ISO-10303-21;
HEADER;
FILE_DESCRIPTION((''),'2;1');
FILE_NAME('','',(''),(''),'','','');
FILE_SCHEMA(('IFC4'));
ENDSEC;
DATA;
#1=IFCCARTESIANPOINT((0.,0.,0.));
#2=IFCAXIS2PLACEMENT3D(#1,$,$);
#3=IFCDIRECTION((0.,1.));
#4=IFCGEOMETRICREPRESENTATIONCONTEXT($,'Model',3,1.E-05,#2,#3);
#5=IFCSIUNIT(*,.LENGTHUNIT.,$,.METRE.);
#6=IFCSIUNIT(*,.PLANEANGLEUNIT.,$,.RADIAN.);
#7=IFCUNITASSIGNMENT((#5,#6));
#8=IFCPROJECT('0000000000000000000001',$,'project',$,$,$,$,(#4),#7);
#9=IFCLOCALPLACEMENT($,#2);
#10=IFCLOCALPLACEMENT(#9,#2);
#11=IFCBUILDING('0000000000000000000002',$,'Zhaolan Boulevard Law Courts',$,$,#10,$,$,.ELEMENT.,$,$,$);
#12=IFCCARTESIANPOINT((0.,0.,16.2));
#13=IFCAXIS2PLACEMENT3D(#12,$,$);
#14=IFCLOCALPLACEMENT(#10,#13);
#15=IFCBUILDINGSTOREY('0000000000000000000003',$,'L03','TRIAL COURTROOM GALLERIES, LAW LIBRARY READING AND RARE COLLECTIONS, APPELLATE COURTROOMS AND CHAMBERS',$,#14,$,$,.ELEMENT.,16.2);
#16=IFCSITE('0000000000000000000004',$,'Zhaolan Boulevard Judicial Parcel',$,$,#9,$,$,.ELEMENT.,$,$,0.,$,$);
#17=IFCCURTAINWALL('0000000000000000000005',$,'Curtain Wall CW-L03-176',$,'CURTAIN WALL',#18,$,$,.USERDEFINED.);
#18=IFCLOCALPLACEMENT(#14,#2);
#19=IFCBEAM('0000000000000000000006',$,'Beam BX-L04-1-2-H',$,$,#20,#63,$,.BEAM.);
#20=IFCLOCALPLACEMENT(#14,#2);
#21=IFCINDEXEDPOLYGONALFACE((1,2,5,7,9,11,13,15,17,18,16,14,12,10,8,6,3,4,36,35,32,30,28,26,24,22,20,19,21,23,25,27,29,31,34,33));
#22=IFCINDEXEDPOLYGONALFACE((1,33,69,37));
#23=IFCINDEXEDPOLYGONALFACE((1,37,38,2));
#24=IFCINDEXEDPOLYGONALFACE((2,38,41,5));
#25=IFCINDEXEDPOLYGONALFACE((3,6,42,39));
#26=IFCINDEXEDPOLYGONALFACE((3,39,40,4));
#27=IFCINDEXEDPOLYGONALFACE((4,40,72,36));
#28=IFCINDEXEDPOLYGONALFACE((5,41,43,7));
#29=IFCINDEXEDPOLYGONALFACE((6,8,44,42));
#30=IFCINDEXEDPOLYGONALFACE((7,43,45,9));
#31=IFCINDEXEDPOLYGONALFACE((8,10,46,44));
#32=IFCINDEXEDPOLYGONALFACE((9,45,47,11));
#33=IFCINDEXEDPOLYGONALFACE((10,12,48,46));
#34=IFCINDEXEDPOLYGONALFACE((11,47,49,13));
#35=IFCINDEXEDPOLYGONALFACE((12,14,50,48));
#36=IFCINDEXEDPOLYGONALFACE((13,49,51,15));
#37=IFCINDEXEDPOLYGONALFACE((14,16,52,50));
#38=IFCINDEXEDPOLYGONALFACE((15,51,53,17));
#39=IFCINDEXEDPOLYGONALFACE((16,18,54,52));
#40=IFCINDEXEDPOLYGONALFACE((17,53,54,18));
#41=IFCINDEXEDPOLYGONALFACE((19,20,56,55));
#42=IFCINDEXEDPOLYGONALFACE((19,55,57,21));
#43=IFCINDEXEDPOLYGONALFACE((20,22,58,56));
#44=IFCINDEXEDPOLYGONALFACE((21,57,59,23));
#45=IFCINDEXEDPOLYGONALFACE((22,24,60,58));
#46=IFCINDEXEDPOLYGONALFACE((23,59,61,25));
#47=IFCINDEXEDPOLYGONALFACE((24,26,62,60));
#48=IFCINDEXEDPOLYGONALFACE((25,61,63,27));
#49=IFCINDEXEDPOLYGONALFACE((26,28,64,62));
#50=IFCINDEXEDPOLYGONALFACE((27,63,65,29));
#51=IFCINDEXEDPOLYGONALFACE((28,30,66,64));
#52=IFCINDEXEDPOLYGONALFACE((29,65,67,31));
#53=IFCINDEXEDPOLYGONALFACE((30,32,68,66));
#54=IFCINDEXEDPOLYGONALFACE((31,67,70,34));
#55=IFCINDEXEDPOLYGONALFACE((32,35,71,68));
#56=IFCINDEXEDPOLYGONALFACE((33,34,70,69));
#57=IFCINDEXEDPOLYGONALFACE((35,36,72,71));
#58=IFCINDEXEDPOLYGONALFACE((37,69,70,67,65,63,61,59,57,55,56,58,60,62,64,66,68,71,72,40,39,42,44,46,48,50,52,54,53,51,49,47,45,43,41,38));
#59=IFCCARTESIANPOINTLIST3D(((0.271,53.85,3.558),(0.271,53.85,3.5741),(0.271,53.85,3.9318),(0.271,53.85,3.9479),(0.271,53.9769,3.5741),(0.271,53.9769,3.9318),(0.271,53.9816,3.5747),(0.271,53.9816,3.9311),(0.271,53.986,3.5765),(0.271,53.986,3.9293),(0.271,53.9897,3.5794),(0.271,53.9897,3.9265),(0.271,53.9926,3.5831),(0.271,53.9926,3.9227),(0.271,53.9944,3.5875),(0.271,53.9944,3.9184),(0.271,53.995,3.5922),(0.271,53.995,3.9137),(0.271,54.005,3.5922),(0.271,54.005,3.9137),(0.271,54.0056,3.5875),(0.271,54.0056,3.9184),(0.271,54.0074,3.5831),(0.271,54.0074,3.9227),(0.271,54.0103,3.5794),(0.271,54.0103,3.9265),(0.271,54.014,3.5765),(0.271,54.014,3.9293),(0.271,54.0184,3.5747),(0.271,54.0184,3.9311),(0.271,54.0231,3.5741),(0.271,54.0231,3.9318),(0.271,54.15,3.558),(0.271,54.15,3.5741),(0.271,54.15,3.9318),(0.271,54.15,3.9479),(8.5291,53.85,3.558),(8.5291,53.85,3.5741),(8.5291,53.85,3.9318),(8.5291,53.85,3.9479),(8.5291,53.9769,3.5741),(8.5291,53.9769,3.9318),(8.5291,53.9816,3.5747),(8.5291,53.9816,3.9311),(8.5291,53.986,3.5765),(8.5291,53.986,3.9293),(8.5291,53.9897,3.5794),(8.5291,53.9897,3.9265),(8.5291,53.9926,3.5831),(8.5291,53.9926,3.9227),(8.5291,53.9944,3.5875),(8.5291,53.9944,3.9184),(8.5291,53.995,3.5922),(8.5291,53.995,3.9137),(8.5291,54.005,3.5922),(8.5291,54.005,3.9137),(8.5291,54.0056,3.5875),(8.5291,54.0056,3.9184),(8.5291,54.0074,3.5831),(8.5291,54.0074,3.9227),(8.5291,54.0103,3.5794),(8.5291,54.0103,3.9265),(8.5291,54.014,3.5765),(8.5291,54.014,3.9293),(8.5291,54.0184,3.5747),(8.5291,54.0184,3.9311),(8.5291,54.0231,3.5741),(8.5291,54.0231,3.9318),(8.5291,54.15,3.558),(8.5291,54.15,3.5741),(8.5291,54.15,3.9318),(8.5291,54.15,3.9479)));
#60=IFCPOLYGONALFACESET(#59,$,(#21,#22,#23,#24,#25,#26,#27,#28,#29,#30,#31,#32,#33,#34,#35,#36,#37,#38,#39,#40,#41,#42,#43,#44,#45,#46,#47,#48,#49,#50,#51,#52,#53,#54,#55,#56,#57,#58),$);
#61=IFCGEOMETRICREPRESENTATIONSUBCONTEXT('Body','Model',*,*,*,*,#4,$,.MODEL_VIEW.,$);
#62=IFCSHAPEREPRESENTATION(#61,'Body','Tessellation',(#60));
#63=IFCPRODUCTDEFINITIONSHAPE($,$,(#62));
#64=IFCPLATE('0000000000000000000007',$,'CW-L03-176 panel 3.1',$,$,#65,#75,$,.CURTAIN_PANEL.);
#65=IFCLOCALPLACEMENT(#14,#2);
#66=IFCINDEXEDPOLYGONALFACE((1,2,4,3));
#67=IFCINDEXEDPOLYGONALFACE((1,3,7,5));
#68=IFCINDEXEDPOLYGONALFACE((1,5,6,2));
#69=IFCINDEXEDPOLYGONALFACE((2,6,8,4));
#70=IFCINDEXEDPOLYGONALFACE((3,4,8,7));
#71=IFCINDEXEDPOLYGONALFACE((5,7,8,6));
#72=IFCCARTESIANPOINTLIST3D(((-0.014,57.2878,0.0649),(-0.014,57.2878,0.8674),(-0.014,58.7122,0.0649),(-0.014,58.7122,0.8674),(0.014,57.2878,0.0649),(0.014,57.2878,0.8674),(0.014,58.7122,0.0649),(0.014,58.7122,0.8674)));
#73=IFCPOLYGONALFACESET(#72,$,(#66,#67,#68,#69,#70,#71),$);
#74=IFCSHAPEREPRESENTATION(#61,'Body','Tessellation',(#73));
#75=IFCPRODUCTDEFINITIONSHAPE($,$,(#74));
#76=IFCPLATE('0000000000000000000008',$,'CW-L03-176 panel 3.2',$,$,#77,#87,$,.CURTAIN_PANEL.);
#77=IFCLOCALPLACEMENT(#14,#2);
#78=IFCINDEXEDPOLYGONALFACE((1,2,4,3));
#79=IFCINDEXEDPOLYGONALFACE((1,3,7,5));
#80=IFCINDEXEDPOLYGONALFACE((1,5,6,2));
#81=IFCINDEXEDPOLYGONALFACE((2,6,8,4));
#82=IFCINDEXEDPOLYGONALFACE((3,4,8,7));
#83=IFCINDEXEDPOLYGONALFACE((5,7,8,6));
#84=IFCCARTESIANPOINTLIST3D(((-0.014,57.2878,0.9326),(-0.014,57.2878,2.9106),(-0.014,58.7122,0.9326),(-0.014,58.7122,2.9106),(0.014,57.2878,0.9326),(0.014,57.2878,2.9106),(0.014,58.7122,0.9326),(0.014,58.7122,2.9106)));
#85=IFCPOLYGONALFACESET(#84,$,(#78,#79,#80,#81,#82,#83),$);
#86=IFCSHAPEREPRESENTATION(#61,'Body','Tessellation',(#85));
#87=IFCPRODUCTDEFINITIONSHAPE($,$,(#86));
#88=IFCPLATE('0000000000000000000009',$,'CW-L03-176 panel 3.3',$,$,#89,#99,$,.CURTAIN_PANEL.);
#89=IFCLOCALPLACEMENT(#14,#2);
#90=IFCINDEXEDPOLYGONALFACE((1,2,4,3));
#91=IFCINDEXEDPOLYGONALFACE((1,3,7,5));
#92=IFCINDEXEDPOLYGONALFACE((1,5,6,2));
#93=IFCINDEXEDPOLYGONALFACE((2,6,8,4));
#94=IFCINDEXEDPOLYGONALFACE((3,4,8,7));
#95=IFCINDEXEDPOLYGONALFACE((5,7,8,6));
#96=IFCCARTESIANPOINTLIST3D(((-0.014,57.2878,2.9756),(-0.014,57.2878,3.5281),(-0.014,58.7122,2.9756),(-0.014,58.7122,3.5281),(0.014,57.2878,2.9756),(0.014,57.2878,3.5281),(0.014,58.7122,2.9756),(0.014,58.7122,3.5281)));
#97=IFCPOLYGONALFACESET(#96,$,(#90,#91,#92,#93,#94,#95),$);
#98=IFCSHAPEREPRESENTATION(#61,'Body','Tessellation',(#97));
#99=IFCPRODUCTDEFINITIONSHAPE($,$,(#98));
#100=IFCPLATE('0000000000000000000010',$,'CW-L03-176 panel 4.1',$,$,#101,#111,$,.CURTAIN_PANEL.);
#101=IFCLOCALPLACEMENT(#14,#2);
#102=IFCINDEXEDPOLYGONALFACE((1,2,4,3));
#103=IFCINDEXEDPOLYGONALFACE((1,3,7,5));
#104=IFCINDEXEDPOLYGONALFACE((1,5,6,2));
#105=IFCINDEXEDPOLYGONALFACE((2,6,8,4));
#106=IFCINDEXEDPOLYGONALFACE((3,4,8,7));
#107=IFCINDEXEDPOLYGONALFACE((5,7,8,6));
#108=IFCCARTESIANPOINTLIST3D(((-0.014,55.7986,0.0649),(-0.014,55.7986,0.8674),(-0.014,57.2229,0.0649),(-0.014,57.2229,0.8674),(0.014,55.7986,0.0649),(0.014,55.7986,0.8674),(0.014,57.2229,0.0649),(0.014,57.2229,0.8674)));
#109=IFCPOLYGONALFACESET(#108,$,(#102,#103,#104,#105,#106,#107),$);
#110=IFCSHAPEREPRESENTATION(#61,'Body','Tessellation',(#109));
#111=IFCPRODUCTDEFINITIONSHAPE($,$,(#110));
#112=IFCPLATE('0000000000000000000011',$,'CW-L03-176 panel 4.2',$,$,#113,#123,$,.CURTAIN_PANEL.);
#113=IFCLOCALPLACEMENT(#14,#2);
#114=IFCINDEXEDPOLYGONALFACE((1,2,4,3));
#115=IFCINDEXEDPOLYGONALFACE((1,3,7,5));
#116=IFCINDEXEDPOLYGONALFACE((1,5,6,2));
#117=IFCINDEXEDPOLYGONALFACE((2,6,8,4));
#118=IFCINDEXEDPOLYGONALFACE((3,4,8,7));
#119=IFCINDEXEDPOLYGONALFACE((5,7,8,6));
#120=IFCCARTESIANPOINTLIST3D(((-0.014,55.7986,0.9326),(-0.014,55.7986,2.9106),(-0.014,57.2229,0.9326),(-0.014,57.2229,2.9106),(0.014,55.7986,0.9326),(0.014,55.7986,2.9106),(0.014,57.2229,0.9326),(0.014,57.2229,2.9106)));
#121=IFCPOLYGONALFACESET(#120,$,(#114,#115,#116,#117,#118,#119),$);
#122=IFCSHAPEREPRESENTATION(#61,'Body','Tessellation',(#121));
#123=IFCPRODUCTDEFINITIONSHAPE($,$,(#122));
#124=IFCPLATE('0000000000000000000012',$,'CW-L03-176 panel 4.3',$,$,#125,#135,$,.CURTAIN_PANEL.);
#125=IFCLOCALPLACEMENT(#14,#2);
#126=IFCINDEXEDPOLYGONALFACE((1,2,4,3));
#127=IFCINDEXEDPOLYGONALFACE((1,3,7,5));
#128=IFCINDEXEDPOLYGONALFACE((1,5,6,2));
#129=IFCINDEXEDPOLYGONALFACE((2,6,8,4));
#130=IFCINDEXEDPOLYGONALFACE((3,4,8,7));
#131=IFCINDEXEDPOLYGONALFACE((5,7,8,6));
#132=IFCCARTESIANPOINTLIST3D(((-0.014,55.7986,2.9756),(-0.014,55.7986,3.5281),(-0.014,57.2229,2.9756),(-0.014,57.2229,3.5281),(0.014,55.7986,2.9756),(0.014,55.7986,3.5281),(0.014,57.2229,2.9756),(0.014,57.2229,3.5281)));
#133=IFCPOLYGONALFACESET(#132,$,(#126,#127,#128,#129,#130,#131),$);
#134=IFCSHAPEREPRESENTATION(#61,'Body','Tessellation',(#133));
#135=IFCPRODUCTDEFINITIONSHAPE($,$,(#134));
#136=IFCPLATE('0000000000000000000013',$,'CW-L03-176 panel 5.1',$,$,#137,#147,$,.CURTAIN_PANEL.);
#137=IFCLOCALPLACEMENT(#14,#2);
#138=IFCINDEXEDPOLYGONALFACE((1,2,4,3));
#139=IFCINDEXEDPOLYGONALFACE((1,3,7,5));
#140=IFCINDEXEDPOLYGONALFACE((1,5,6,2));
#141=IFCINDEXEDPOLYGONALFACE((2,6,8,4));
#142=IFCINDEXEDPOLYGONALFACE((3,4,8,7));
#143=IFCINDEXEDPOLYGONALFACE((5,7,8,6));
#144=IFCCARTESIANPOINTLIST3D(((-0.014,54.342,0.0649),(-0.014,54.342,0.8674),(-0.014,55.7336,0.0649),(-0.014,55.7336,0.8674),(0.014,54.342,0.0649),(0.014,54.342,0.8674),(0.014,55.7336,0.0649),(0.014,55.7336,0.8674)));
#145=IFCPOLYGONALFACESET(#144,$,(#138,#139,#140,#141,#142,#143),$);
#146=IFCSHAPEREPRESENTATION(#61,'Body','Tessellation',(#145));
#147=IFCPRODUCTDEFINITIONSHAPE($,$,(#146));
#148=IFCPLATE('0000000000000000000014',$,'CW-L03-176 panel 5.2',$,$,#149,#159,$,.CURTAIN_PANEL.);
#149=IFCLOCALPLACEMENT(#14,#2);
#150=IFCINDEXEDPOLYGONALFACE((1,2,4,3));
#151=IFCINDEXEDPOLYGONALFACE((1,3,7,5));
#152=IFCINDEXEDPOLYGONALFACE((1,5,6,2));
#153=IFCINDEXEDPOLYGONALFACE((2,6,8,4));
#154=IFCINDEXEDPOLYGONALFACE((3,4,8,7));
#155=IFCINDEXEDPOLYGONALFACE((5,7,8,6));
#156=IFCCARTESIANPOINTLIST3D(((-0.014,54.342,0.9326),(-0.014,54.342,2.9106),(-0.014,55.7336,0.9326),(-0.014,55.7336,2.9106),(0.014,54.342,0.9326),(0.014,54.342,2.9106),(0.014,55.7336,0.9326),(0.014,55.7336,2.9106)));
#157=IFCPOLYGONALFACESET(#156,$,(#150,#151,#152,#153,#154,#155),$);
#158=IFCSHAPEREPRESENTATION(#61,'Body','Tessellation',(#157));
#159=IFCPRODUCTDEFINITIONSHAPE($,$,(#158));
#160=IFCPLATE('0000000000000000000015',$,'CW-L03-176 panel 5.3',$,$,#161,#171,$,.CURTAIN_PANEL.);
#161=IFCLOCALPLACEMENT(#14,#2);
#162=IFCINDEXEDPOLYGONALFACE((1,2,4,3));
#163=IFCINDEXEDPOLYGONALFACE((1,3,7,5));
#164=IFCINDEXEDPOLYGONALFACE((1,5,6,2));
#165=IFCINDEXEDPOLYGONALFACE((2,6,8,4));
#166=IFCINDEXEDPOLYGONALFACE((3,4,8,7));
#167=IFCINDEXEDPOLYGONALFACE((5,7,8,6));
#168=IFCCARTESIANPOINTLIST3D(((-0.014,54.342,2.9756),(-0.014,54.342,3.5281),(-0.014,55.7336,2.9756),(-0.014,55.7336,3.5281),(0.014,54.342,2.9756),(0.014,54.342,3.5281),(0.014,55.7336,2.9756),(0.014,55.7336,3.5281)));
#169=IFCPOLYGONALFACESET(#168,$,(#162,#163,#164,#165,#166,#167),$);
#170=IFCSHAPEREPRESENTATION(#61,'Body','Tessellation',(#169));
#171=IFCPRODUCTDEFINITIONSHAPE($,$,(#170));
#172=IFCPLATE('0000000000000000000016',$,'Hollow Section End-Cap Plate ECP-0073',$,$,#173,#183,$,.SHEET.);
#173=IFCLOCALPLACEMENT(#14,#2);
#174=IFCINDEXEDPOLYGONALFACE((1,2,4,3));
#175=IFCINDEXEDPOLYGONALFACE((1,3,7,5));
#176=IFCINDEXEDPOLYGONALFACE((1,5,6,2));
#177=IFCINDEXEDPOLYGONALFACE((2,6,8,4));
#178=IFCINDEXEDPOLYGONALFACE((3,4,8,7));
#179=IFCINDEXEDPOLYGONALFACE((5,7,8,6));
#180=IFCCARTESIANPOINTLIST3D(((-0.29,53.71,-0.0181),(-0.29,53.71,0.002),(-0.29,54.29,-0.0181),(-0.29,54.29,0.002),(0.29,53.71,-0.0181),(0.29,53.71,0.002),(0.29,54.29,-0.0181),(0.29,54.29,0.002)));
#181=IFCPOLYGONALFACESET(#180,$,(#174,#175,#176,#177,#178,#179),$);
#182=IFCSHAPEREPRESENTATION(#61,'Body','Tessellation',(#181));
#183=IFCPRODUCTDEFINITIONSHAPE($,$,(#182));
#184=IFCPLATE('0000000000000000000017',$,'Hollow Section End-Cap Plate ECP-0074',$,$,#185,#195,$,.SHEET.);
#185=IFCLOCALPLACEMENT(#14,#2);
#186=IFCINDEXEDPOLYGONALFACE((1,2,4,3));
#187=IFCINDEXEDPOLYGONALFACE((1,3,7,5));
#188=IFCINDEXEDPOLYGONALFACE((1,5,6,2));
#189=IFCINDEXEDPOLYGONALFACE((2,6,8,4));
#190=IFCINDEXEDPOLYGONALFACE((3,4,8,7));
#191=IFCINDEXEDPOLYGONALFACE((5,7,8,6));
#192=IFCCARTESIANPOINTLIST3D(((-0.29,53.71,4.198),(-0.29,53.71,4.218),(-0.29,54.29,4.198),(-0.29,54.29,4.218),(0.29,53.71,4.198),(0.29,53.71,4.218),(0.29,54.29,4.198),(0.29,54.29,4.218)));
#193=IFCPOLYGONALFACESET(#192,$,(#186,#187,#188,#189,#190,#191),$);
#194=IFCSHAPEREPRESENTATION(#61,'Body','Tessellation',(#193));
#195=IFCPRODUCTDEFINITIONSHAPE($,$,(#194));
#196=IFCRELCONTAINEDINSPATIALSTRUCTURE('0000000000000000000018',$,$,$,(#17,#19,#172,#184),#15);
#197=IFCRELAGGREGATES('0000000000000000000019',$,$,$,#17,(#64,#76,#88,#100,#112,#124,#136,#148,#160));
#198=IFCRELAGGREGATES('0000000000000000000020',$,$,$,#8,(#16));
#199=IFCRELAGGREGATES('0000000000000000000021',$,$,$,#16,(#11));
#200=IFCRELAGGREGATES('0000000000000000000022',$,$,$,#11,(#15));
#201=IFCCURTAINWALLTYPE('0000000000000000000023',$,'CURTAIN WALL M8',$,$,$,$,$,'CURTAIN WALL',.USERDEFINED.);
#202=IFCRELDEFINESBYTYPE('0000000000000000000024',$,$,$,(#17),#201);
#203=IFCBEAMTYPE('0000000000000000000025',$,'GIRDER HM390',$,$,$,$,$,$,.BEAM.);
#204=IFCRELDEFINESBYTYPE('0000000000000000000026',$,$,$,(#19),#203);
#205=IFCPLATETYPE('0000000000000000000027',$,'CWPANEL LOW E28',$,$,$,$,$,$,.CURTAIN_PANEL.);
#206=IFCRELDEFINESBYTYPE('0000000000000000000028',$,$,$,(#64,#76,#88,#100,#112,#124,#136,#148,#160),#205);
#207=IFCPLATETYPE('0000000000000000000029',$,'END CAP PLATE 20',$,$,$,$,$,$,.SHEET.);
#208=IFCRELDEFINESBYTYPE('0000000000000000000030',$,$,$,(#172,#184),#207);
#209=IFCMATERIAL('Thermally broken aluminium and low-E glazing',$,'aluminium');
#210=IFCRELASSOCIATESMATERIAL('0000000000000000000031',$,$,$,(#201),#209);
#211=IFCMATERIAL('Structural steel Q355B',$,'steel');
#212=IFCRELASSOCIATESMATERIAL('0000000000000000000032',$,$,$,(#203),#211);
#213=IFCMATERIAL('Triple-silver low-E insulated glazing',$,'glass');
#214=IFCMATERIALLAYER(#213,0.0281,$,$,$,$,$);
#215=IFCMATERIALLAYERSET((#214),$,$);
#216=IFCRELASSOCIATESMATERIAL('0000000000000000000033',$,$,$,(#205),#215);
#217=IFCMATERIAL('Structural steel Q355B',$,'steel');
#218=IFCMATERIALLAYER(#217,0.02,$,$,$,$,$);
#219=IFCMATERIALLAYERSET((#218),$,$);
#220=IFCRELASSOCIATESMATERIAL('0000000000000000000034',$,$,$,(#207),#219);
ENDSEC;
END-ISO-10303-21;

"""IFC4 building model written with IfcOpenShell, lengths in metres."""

from ifc_helpers import new_model, si_unit, direction, frame, origin, origin_2d, place, context, subcontext, project, spatial, rectangle, i_section, extrude, material, layer, layer_set, material_profile, profile_set, type_object, element, aggregate, save


model = new_model("IFC4")

# Units and contexts
model_context = context("Model", 3, precision=1e-05, world=origin(), true_north=direction((0.0, 1.0)))
body_context = subcontext(model_context, "Body", "Model", "MODEL_VIEW")
ifc_project = project(units=[si_unit("LENGTHUNIT", "METRE"), si_unit("PLANEANGLEUNIT", "RADIAN")], contexts=[model_context])

# Site, building, storey
site_placement = place(None, origin())
site = spatial("IfcSite", under=ifc_project, at=site_placement, Name="Zhaolan Boulevard Judicial Parcel", CompositionType="ELEMENT", RefElevation=0.0)
building_placement = place(site_placement, origin())
building = spatial("IfcBuilding", under=site, at=building_placement, Name="Zhaolan Boulevard Law Courts", CompositionType="ELEMENT")
storey_placement = place(building_placement, frame((0.0, 0.0, 16.2)))
storey = spatial("IfcBuildingStorey", under=building, at=storey_placement, Name="L03", Description="TRIAL COURTROOM GALLERIES, LAW LIBRARY READING AND RARE COLLECTIONS, APPELLATE COURTROOMS AND CHAMBERS", CompositionType="ELEMENT", Elevation=16.2)

# Curtain wall
ifc_material_1 = material(Name="Thermally broken aluminium and low-E glazing", Category="aluminium")
curtain_wall_type_1 = type_object("IfcCurtainWallType", Name="CURTAIN WALL M8", ElementType="CURTAIN WALL", PredefinedType="USERDEFINED", material=ifc_material_1)
curtain_wall_1_placement = place(storey_placement, origin())
curtain_wall_1 = element("IfcCurtainWall", 1, at=curtain_wall_1_placement, inside=storey, type_object=curtain_wall_type_1, Name="Curtain Wall CW-L03-176", ObjectType="CURTAIN WALL", PredefinedType="USERDEFINED")

# Beam
ifc_material_2 = material(Name="Structural steel Q355B", Category="steel")
ifc_material_profile_1 = material_profile(ifc_material_2, i_section(OverallWidth=0.3, OverallDepth=0.3899, WebThickness=0.01, FlangeThickness=0.0161, FilletRadius=0.0181, at=origin_2d()), Name="HM390x300")
ifc_profile_set_1 = profile_set([ifc_material_profile_1], Name="Structural steel Q355B")
beam_type_1 = type_object("IfcBeamType", Name="GIRDER HM390", PredefinedType="BEAM", material=ifc_profile_set_1)
beam_1_placement = place(storey_placement, frame((0.271, 54.0, 3.7529), z_axis=(1.0, 0.0, 0.0), x_axis=(0.0, 1.0, 0.0)))
element("IfcBeam", 2, at=beam_1_placement, inside=storey, type_object=beam_type_1, Name="Beam BX-L04-1-2-H", PredefinedType="BEAM", context=body_context, shape_type="SweptSolid", body=[
    extrude(i_section(OverallWidth=0.3, OverallDepth=0.3899, WebThickness=0.01, FlangeThickness=0.0161, FilletRadius=0.0181, at=origin_2d()), origin(), (0.0, 0.0, 1.0), 8.2581),
])

# Plates
ifc_material_3 = material(Name="Triple-silver low-E insulated glazing", Category="glass")
ifc_layer_1 = layer(ifc_material_3, 0.0281)
ifc_layer_set_1 = layer_set([ifc_layer_1])
plate_type_1 = type_object("IfcPlateType", Name="CWPANEL LOW E28", PredefinedType="CURTAIN_PANEL", material=ifc_layer_set_1)
plate_1_placement = place(storey_placement, frame((0.0, 58.0, 0.0649), z_axis=(0.0, 0.0, 1.0), x_axis=(0.0, -1.0, 0.0)))
plate_1 = element("IfcPlate", 3, at=plate_1_placement, type_object=plate_type_1, Name="CW-L03-176 panel 3.1", PredefinedType="CURTAIN_PANEL", context=body_context, shape_type="SweptSolid", body=[
    extrude(rectangle(XDim=1.4243, YDim=0.0281, at=origin_2d()), origin(), (0.0, 0.0, 1.0), 0.8025),
])
plate_2_placement = place(storey_placement, frame((0.0, 58.0, 0.9326), z_axis=(0.0, 0.0, 1.0), x_axis=(0.0, -1.0, 0.0)))
plate_2 = element("IfcPlate", 4, at=plate_2_placement, type_object=plate_type_1, Name="CW-L03-176 panel 3.2", PredefinedType="CURTAIN_PANEL", context=body_context, shape_type="SweptSolid", body=[
    extrude(rectangle(XDim=1.4243, YDim=0.0281, at=origin_2d()), origin(), (0.0, 0.0, 1.0), 1.978),
])
plate_3_placement = place(storey_placement, frame((0.0, 58.0, 2.9756), z_axis=(0.0, 0.0, 1.0), x_axis=(0.0, -1.0, 0.0)))
plate_3 = element("IfcPlate", 5, at=plate_3_placement, type_object=plate_type_1, Name="CW-L03-176 panel 3.3", PredefinedType="CURTAIN_PANEL", context=body_context, shape_type="SweptSolid", body=[
    extrude(rectangle(XDim=1.4243, YDim=0.0281, at=origin_2d()), origin(), (0.0, 0.0, 1.0), 0.5525),
])
plate_4_placement = place(storey_placement, frame((0.0, 56.5107, 0.0649), z_axis=(0.0, 0.0, 1.0), x_axis=(0.0, -1.0, 0.0)))
plate_4 = element("IfcPlate", 6, at=plate_4_placement, type_object=plate_type_1, Name="CW-L03-176 panel 4.1", PredefinedType="CURTAIN_PANEL", context=body_context, shape_type="SweptSolid", body=[
    extrude(rectangle(XDim=1.4243, YDim=0.0281, at=origin_2d()), origin(), (0.0, 0.0, 1.0), 0.8025),
])
plate_5_placement = place(storey_placement, frame((0.0, 56.5107, 0.9326), z_axis=(0.0, 0.0, 1.0), x_axis=(0.0, -1.0, 0.0)))
plate_5 = element("IfcPlate", 7, at=plate_5_placement, type_object=plate_type_1, Name="CW-L03-176 panel 4.2", PredefinedType="CURTAIN_PANEL", context=body_context, shape_type="SweptSolid", body=[
    extrude(rectangle(XDim=1.4243, YDim=0.0281, at=origin_2d()), origin(), (0.0, 0.0, 1.0), 1.978),
])
plate_6_placement = place(storey_placement, frame((0.0, 56.5107, 2.9756), z_axis=(0.0, 0.0, 1.0), x_axis=(0.0, -1.0, 0.0)))
plate_6 = element("IfcPlate", 8, at=plate_6_placement, type_object=plate_type_1, Name="CW-L03-176 panel 4.3", PredefinedType="CURTAIN_PANEL", context=body_context, shape_type="SweptSolid", body=[
    extrude(rectangle(XDim=1.4243, YDim=0.0281, at=origin_2d()), origin(), (0.0, 0.0, 1.0), 0.5525),
])
plate_7_placement = place(storey_placement, frame((0.0, 55.0378, 0.0649), z_axis=(0.0, 0.0, 1.0), x_axis=(0.0, -1.0, 0.0)))
plate_7 = element("IfcPlate", 9, at=plate_7_placement, type_object=plate_type_1, Name="CW-L03-176 panel 5.1", PredefinedType="CURTAIN_PANEL", context=body_context, shape_type="SweptSolid", body=[
    extrude(rectangle(XDim=1.3916, YDim=0.0281, at=origin_2d()), origin(), (0.0, 0.0, 1.0), 0.8025),
])
plate_8_placement = place(storey_placement, frame((0.0, 55.0378, 0.9326), z_axis=(0.0, 0.0, 1.0), x_axis=(0.0, -1.0, 0.0)))
plate_8 = element("IfcPlate", 10, at=plate_8_placement, type_object=plate_type_1, Name="CW-L03-176 panel 5.2", PredefinedType="CURTAIN_PANEL", context=body_context, shape_type="SweptSolid", body=[
    extrude(rectangle(XDim=1.3916, YDim=0.0281, at=origin_2d()), origin(), (0.0, 0.0, 1.0), 1.978),
])
plate_9_placement = place(storey_placement, frame((0.0, 55.0378, 2.9756), z_axis=(0.0, 0.0, 1.0), x_axis=(0.0, -1.0, 0.0)))
plate_9 = element("IfcPlate", 11, at=plate_9_placement, type_object=plate_type_1, Name="CW-L03-176 panel 5.3", PredefinedType="CURTAIN_PANEL", context=body_context, shape_type="SweptSolid", body=[
    extrude(rectangle(XDim=1.3916, YDim=0.0281, at=origin_2d()), origin(), (0.0, 0.0, 1.0), 0.5525),
])
aggregate(curtain_wall_1, [plate_1, plate_2, plate_3, plate_4, plate_5, plate_6, plate_7, plate_8, plate_9])

# Plates
ifc_material_4 = material(Name="Structural steel Q355B", Category="steel")
ifc_layer_2 = layer(ifc_material_4, 0.02)
ifc_layer_set_2 = layer_set([ifc_layer_2])
plate_type_2 = type_object("IfcPlateType", Name="END CAP PLATE 20", PredefinedType="SHEET", material=ifc_layer_set_2)
for number, where, z_axis, x_axis, name in (
    (12, (0.0, 54.0, -0.0181), (0.0, 0.0, 1.0), (1.0, 0.0, 0.0), "Hollow Section End-Cap Plate ECP-0073"),
    (13, (0.0, 54.0, 4.198), (0.0, 0.0, 1.0), (1.0, 0.0, 0.0), "Hollow Section End-Cap Plate ECP-0074"),
):
    element("IfcPlate", number, at=place(storey_placement, frame(where, z_axis=z_axis, x_axis=x_axis)), inside=storey, type_object=plate_type_2, Name=name, PredefinedType="SHEET", context=body_context, shape_type="SweptSolid", body=[
        extrude(rectangle(XDim=0.5801, YDim=0.5801, at=origin_2d()), origin(), (0.0, 0.0, 1.0), 0.02),
    ])

save(model, "model.ifc")
